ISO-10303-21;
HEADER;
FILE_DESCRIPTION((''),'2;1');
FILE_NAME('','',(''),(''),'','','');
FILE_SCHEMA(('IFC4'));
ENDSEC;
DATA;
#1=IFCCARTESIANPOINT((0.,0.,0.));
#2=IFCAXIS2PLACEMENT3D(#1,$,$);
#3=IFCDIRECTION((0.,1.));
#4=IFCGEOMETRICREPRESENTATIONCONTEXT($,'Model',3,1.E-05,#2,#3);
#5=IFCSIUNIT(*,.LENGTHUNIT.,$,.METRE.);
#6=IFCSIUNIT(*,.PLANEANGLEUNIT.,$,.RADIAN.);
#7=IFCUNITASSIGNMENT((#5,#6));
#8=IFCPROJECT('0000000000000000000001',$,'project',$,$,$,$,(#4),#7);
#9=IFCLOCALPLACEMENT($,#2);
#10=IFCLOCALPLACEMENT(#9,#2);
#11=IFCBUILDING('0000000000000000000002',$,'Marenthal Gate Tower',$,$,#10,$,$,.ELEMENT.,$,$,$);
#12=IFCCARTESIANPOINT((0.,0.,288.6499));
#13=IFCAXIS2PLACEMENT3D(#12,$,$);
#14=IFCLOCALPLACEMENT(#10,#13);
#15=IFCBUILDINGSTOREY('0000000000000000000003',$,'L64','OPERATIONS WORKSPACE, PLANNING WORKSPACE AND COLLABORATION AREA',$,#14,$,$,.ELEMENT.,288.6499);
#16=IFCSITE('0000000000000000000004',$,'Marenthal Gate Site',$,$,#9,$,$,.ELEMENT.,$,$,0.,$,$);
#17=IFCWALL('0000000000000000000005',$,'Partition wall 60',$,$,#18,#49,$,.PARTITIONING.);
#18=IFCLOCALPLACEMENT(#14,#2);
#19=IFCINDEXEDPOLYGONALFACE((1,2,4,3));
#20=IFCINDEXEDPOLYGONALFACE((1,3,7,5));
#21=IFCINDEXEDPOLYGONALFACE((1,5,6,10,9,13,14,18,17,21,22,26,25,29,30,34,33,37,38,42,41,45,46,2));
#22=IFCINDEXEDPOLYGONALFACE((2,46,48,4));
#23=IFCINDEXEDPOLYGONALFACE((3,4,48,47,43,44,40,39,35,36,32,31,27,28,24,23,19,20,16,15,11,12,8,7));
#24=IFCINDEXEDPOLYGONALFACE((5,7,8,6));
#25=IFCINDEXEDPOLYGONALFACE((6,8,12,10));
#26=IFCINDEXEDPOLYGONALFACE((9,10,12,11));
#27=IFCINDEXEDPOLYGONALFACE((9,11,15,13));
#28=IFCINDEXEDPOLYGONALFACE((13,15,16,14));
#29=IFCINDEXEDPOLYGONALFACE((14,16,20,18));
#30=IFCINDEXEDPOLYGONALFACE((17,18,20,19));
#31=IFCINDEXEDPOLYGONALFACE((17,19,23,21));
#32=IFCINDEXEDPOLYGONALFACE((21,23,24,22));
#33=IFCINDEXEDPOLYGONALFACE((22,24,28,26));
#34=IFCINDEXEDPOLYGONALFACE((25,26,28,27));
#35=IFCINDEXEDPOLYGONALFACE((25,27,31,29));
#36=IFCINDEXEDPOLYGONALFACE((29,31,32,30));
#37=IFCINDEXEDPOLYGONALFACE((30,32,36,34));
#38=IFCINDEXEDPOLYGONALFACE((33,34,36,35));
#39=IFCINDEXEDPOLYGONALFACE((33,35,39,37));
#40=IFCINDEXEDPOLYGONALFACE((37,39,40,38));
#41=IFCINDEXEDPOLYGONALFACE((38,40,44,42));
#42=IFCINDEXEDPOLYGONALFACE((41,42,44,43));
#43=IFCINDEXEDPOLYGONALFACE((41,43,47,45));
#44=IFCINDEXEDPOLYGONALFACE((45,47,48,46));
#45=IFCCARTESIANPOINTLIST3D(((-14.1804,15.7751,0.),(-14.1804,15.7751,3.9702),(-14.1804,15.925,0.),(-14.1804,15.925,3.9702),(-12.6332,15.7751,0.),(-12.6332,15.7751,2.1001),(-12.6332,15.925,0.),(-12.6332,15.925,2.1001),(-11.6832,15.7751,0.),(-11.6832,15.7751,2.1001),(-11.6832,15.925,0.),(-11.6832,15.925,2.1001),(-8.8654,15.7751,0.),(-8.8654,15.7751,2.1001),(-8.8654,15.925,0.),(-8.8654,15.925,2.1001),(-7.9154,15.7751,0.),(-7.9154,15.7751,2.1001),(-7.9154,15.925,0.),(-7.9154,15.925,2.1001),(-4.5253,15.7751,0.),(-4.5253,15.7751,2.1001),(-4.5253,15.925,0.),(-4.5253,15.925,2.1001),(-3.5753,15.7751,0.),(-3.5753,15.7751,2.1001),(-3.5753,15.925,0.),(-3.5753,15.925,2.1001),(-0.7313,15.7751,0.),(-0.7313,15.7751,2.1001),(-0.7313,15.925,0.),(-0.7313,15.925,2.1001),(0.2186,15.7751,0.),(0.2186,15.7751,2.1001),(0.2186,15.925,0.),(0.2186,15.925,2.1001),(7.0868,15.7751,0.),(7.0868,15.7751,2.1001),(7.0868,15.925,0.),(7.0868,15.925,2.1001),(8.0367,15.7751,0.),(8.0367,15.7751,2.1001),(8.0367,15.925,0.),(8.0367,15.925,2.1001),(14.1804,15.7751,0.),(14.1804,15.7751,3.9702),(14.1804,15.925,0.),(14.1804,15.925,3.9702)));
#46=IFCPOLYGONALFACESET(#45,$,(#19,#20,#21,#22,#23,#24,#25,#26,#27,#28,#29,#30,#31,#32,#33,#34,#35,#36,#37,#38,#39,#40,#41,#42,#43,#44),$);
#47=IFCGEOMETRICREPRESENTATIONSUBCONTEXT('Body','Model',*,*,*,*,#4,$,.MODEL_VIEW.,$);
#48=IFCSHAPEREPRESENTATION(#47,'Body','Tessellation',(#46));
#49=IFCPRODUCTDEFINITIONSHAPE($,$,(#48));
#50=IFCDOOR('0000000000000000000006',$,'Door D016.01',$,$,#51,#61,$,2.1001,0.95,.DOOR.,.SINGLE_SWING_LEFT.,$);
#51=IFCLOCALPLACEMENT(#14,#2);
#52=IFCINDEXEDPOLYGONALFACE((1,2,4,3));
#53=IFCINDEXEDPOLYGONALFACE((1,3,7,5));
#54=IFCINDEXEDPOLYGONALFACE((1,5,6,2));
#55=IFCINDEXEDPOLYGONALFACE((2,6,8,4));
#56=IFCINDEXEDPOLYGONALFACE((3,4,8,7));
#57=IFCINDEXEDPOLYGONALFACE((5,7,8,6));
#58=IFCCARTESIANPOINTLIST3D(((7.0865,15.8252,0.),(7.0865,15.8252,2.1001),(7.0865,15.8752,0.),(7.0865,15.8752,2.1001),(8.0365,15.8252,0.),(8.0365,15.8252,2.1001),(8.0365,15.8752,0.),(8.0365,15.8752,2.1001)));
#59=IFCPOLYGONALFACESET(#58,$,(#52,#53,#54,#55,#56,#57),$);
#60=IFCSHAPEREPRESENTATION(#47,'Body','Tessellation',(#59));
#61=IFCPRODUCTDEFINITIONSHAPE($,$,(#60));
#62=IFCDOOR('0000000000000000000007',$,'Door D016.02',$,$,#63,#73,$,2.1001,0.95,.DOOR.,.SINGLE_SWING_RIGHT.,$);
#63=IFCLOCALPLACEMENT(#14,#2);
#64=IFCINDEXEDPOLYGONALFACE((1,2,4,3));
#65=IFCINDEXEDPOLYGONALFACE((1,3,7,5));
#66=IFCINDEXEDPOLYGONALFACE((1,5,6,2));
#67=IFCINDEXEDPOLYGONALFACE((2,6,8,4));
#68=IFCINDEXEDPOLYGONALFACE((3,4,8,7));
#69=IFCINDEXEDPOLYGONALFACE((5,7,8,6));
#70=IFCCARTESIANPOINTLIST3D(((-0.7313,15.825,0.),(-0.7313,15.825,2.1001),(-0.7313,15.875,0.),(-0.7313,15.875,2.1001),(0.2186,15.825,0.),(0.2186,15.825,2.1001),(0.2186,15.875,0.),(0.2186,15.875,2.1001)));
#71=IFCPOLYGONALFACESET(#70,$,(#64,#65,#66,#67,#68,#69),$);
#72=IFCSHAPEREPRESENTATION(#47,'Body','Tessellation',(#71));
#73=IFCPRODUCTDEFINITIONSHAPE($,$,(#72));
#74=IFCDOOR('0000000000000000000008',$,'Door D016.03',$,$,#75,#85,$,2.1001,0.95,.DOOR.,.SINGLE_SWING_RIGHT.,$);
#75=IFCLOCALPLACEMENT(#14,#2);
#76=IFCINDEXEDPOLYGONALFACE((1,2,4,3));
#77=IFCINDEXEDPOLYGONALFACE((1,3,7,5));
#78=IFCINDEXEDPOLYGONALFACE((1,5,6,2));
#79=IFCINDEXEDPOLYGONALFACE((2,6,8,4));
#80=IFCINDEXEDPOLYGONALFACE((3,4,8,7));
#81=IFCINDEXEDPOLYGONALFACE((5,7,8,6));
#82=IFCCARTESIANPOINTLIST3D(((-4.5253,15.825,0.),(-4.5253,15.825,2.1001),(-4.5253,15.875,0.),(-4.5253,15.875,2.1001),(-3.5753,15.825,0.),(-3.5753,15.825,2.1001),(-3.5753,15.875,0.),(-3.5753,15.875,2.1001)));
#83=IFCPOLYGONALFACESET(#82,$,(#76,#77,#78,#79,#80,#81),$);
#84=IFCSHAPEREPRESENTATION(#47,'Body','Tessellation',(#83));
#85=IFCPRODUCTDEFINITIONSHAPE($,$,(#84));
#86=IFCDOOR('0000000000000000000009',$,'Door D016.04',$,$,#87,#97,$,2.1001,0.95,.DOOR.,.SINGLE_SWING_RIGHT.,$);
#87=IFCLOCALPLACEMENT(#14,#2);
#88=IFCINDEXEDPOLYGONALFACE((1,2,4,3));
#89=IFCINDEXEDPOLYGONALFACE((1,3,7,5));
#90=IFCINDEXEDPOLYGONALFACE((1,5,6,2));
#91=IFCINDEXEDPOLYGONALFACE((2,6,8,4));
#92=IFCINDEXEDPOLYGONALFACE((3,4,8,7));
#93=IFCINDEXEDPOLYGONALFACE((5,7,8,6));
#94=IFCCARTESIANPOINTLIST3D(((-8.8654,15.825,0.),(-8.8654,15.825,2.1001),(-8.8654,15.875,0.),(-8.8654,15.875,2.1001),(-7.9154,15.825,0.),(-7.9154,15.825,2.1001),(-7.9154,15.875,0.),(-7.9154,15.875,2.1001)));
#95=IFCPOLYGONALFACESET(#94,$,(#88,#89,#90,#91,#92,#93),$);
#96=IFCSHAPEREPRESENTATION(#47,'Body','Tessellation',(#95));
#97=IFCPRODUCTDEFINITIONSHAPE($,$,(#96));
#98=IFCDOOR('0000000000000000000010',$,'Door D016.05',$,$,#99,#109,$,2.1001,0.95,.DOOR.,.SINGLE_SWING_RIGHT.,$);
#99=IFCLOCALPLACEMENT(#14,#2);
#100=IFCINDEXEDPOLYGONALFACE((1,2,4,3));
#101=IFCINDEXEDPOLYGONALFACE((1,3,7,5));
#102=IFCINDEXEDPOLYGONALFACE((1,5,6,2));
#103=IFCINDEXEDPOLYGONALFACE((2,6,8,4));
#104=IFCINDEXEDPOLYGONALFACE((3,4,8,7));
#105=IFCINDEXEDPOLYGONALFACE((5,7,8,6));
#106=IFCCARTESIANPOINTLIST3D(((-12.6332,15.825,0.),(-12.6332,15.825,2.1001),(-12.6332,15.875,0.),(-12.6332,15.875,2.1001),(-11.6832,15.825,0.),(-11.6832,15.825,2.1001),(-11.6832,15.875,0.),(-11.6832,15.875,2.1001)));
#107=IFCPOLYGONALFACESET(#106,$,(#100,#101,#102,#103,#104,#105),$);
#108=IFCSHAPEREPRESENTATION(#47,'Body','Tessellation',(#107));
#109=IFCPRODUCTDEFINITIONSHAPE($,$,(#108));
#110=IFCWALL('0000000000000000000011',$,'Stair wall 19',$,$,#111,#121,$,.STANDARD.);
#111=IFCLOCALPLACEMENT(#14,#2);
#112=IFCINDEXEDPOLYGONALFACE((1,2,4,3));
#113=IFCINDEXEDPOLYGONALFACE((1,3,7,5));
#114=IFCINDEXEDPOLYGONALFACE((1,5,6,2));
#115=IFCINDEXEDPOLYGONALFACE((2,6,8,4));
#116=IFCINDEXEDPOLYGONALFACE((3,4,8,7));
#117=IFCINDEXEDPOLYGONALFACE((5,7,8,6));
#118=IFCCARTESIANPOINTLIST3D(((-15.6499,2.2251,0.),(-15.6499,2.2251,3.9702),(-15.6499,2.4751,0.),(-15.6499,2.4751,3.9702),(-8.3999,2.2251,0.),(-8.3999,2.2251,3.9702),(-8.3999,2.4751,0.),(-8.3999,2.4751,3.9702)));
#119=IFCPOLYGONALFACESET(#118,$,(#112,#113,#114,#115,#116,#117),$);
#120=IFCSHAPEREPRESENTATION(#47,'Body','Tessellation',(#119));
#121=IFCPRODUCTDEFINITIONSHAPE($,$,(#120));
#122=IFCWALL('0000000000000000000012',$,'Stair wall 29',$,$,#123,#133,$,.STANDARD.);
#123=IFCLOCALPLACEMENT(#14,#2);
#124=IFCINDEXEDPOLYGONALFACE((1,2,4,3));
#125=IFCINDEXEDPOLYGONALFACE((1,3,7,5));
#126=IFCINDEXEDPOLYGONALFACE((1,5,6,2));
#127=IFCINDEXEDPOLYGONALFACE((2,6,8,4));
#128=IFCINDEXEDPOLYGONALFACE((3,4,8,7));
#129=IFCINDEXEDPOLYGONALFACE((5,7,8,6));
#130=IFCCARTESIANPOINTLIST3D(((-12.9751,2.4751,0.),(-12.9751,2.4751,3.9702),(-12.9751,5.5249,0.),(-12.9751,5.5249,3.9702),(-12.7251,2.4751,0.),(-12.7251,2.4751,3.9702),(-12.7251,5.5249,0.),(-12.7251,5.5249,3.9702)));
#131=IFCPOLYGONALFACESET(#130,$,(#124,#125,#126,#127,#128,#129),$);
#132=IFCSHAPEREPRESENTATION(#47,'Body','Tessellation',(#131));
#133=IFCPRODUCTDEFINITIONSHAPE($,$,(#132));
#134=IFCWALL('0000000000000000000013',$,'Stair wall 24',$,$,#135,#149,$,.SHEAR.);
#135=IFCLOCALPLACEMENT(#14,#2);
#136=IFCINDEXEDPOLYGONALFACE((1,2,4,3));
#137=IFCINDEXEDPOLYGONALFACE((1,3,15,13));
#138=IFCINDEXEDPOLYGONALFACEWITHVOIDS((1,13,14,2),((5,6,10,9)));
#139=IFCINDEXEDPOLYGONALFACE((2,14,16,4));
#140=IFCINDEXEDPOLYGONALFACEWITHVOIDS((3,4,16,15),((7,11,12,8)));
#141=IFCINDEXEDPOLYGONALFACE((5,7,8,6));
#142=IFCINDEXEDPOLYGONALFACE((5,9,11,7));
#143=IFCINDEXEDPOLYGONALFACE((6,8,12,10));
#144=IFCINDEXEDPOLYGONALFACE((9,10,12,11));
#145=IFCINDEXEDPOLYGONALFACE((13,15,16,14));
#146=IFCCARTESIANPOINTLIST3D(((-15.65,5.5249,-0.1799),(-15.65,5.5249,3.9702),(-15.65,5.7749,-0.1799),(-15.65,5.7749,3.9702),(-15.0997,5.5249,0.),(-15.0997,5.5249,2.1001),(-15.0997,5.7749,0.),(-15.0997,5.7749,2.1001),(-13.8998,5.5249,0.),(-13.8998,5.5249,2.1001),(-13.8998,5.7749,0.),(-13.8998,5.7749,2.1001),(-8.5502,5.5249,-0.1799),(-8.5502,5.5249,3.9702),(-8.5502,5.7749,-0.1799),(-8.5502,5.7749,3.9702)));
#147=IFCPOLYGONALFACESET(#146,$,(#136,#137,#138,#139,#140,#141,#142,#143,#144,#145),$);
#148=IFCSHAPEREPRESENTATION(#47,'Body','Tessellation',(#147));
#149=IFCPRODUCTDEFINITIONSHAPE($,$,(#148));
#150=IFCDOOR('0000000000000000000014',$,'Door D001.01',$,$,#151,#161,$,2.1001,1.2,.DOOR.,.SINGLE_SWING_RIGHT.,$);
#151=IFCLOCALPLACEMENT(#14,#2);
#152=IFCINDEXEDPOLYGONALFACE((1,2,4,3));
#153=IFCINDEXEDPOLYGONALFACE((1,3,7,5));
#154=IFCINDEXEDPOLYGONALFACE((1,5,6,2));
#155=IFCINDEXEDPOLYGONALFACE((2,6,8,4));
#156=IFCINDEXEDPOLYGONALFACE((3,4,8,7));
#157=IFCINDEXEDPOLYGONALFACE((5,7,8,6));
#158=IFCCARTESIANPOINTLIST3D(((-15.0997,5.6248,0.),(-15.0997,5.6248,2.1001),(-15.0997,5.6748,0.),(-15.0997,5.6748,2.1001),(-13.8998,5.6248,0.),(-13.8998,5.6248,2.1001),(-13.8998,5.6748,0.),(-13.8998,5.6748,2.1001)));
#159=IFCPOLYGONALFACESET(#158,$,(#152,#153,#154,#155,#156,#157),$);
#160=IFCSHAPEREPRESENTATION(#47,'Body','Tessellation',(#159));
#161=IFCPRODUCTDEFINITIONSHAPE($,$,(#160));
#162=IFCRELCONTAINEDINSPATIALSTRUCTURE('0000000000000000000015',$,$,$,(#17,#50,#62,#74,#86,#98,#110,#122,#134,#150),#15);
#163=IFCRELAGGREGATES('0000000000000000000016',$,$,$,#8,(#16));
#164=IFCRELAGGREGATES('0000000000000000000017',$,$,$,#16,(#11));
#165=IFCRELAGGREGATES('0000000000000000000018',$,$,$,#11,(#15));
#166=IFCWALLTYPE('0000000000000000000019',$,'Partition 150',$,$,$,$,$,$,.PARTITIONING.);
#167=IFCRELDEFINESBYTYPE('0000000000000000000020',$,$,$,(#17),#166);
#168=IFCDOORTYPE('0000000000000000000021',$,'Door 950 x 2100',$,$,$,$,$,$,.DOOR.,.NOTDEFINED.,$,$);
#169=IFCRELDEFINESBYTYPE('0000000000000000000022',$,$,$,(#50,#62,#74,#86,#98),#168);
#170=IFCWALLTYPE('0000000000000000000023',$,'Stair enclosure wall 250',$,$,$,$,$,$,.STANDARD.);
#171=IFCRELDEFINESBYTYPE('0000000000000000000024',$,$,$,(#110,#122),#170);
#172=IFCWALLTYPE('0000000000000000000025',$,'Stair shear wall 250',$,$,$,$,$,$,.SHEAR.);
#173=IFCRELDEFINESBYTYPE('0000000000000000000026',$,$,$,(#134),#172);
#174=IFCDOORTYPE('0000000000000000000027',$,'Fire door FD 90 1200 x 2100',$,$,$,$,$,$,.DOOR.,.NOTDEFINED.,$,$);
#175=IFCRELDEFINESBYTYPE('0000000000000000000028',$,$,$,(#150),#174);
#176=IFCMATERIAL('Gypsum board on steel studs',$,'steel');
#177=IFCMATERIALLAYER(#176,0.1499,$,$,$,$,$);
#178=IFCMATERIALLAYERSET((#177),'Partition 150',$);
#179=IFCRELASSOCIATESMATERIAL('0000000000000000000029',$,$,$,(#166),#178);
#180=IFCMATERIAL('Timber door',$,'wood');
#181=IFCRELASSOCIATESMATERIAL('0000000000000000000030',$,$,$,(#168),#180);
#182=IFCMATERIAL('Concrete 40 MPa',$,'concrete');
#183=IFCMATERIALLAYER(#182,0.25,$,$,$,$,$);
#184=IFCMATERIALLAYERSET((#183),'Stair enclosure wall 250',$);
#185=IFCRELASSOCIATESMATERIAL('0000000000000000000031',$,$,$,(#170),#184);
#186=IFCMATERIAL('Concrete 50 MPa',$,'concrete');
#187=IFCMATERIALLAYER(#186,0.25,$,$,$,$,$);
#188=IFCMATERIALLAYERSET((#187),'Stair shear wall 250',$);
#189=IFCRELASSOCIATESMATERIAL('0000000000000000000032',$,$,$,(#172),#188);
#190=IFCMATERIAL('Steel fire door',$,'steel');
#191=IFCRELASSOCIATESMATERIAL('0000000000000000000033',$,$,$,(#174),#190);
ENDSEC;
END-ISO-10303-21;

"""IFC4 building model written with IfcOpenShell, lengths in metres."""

from ifc_helpers import new_model, si_unit, direction, frame, frame_2d, origin, place, context, subcontext, project, spatial, rectangle, extrude, material, layer, layer_set, type_object, element, fill, save


model = new_model("IFC4")

# Units and contexts
model_context = context("Model", 3, precision=1e-05, world=origin(), true_north=direction((0.0, 1.0)))
body_context = subcontext(model_context, "Body", "Model", "MODEL_VIEW")
ifc_project = project(units=[si_unit("LENGTHUNIT", "METRE"), si_unit("PLANEANGLEUNIT", "RADIAN")], contexts=[model_context])

# Site, building, storey
site_placement = place(None, origin())
site = spatial("IfcSite", under=ifc_project, at=site_placement, Name="Marenthal Gate Site", CompositionType="ELEMENT", RefElevation=0.0)
building_placement = place(site_placement, origin())
building = spatial("IfcBuilding", under=site, at=building_placement, Name="Marenthal Gate Tower", CompositionType="ELEMENT")
storey_placement = place(building_placement, frame((0.0, 0.0, 288.6499)))
storey = spatial("IfcBuildingStorey", under=building, at=storey_placement, Name="L64", Description="OPERATIONS WORKSPACE, PLANNING WORKSPACE AND COLLABORATION AREA", CompositionType="ELEMENT", Elevation=288.6499)

# Shared definitions
ifc_material_1 = material(Name="Gypsum board on steel studs", Category="steel")
ifc_layer_1 = layer(ifc_material_1, 0.1499)
ifc_layer_set_1 = layer_set([ifc_layer_1], Name="Partition 150")
wall_type_1 = type_object("IfcWallType", Name="Partition 150", PredefinedType="PARTITIONING", material=ifc_layer_set_1)

# Wall, openings, doors
wall_1_placement = place(storey_placement, frame((-14.1804, 15.8501, 0.0), z_axis=(0.0, 0.0, 1.0), x_axis=(1.0, 0.0, 0.0)))
wall_1 = element("IfcWall", 1, at=wall_1_placement, inside=storey, type_object=wall_type_1, Name="Partition wall 60", PredefinedType="PARTITIONING", context=body_context, shape_type="SweptSolid", body=[
    extrude(rectangle(XDim=28.3608, YDim=0.1499, at=frame_2d((14.1804, 0.0))), origin(), (0.0, 0.0, 1.0), 3.9702),
])
opening_1_placement = place(wall_1_placement, frame((21.2671, 0.0, 0.0)))
opening_1 = element("IfcOpeningElement", 2, at=opening_1_placement, cuts=wall_1, PredefinedType="OPENING", context=body_context, shape_type="SweptSolid", body=[
    extrude(rectangle(XDim=0.95, YDim=2.1001, at=frame_2d((0.4751, 1.05))), frame((0.0, 0.085, 0.0), z_axis=(0.0, -1.0, 0.0), x_axis=(1.0, 0.0, 0.0)), (0.0, 0.0, 1.0), 0.1699),
])
opening_2_placement = place(wall_1_placement, frame((13.449, 0.0, 0.0)))
opening_2 = element("IfcOpeningElement", 3, at=opening_2_placement, cuts=wall_1, PredefinedType="OPENING", context=body_context, shape_type="SweptSolid", body=[
    extrude(rectangle(XDim=0.95, YDim=2.1001, at=frame_2d((0.4751, 1.05))), frame((0.0, 0.085, 0.0), z_axis=(0.0, -1.0, 0.0), x_axis=(1.0, 0.0, 0.0)), (0.0, 0.0, 1.0), 0.1699),
])
opening_3_placement = place(wall_1_placement, frame((9.655, 0.0, 0.0)))
opening_3 = element("IfcOpeningElement", 4, at=opening_3_placement, cuts=wall_1, PredefinedType="OPENING", context=body_context, shape_type="SweptSolid", body=[
    extrude(rectangle(XDim=0.95, YDim=2.1001, at=frame_2d((0.4751, 1.05))), frame((0.0, 0.085, 0.0), z_axis=(0.0, -1.0, 0.0), x_axis=(1.0, 0.0, 0.0)), (0.0, 0.0, 1.0), 0.1699),
])
opening_4_placement = place(wall_1_placement, frame((5.3149, 0.0, 0.0)))
opening_4 = element("IfcOpeningElement", 5, at=opening_4_placement, cuts=wall_1, PredefinedType="OPENING", context=body_context, shape_type="SweptSolid", body=[
    extrude(rectangle(XDim=0.95, YDim=2.1001, at=frame_2d((0.4751, 1.05))), frame((0.0, 0.085, 0.0), z_axis=(0.0, -1.0, 0.0), x_axis=(1.0, 0.0, 0.0)), (0.0, 0.0, 1.0), 0.1699),
])
opening_5_placement = place(wall_1_placement, frame((1.5471, 0.0, 0.0)))
opening_5 = element("IfcOpeningElement", 6, at=opening_5_placement, cuts=wall_1, PredefinedType="OPENING", context=body_context, shape_type="SweptSolid", body=[
    extrude(rectangle(XDim=0.95, YDim=2.1001, at=frame_2d((0.4751, 1.05))), frame((0.0, 0.085, 0.0), z_axis=(0.0, -1.0, 0.0), x_axis=(1.0, 0.0, 0.0)), (0.0, 0.0, 1.0), 0.1699),
])
ifc_material_2 = material(Name="Timber door", Category="wood")
door_type_1 = type_object("IfcDoorType", Name="Door 950 x 2100", OperationType="NOTDEFINED", PredefinedType="DOOR", material=ifc_material_2)
door_1_placement = place(opening_1_placement, frame((0.95, 0.0, 0.0), z_axis=(0.0, 0.0, 1.0), x_axis=(-1.0, 0.0, 0.0)))
door_1 = element("IfcDoor", 7, at=door_1_placement, inside=storey, type_object=door_type_1, Name="Door D016.01", OperationType="SINGLE_SWING_LEFT", OverallHeight=2.1001, OverallWidth=0.95, PredefinedType="DOOR", context=body_context, shape_type="SweptSolid", body=[
    extrude(rectangle(XDim=0.95, YDim=2.1001, at=frame_2d((0.4751, 1.05))), frame((0.0, 0.0249, 0.0), z_axis=(0.0, -1.0, 0.0), x_axis=(1.0, 0.0, 0.0)), (0.0, 0.0, 1.0), 0.05),
])
fill(opening_1, door_1)
door_2_placement = place(opening_2_placement, origin())
door_2 = element("IfcDoor", 8, at=door_2_placement, inside=storey, type_object=door_type_1, Name="Door D016.02", OperationType="SINGLE_SWING_RIGHT", OverallHeight=2.1001, OverallWidth=0.95, PredefinedType="DOOR", context=body_context, shape_type="SweptSolid", body=[
    extrude(rectangle(XDim=0.95, YDim=2.1001, at=frame_2d((0.4751, 1.05))), frame((0.0, 0.0249, 0.0), z_axis=(0.0, -1.0, 0.0), x_axis=(1.0, 0.0, 0.0)), (0.0, 0.0, 1.0), 0.05),
])
fill(opening_2, door_2)
door_3_placement = place(opening_3_placement, origin())
door_3 = element("IfcDoor", 9, at=door_3_placement, inside=storey, type_object=door_type_1, Name="Door D016.03", OperationType="SINGLE_SWING_RIGHT", OverallHeight=2.1001, OverallWidth=0.95, PredefinedType="DOOR", context=body_context, shape_type="SweptSolid", body=[
    extrude(rectangle(XDim=0.95, YDim=2.1001, at=frame_2d((0.4751, 1.05))), frame((0.0, 0.0249, 0.0), z_axis=(0.0, -1.0, 0.0), x_axis=(1.0, 0.0, 0.0)), (0.0, 0.0, 1.0), 0.05),
])
fill(opening_3, door_3)
door_4_placement = place(opening_4_placement, origin())
door_4 = element("IfcDoor", 10, at=door_4_placement, inside=storey, type_object=door_type_1, Name="Door D016.04", OperationType="SINGLE_SWING_RIGHT", OverallHeight=2.1001, OverallWidth=0.95, PredefinedType="DOOR", context=body_context, shape_type="SweptSolid", body=[
    extrude(rectangle(XDim=0.95, YDim=2.1001, at=frame_2d((0.4751, 1.05))), frame((0.0, 0.0249, 0.0), z_axis=(0.0, -1.0, 0.0), x_axis=(1.0, 0.0, 0.0)), (0.0, 0.0, 1.0), 0.05),
])
fill(opening_4, door_4)
door_5_placement = place(opening_5_placement, origin())
door_5 = element("IfcDoor", 11, at=door_5_placement, inside=storey, type_object=door_type_1, Name="Door D016.05", OperationType="SINGLE_SWING_RIGHT", OverallHeight=2.1001, OverallWidth=0.95, PredefinedType="DOOR", context=body_context, shape_type="SweptSolid", body=[
    extrude(rectangle(XDim=0.95, YDim=2.1001, at=frame_2d((0.4751, 1.05))), frame((0.0, 0.0249, 0.0), z_axis=(0.0, -1.0, 0.0), x_axis=(1.0, 0.0, 0.0)), (0.0, 0.0, 1.0), 0.05),
])
fill(opening_5, door_5)

# Walls
ifc_material_3 = material(Name="Concrete 40 MPa", Category="concrete")
ifc_layer_2 = layer(ifc_material_3, 0.25)
ifc_layer_set_2 = layer_set([ifc_layer_2], Name="Stair enclosure wall 250")
wall_type_2 = type_object("IfcWallType", Name="Stair enclosure wall 250", PredefinedType="STANDARD", material=ifc_layer_set_2)
wall_2_placement = place(storey_placement, frame((-15.6499, 2.3501, 0.0), z_axis=(0.0, 0.0, 1.0), x_axis=(1.0, 0.0, 0.0)))
element("IfcWall", 12, at=wall_2_placement, inside=storey, type_object=wall_type_2, Name="Stair wall 19", PredefinedType="STANDARD", context=body_context, shape_type="SweptSolid", body=[
    extrude(rectangle(XDim=7.25, YDim=0.25, at=frame_2d((3.625, 0.0))), origin(), (0.0, 0.0, 1.0), 3.9702),
])
wall_3_placement = place(storey_placement, frame((-12.8501, 2.4751, 0.0), z_axis=(0.0, 0.0, 1.0), x_axis=(0.0, 1.0, 0.0)))
element("IfcWall", 13, at=wall_3_placement, inside=storey, type_object=wall_type_2, Name="Stair wall 29", PredefinedType="STANDARD", context=body_context, shape_type="SweptSolid", body=[
    extrude(rectangle(XDim=3.0498, YDim=0.25, at=frame_2d((1.5249, 0.0))), origin(), (0.0, 0.0, 1.0), 3.9702),
])

# Wall, opening, door
ifc_material_4 = material(Name="Concrete 50 MPa", Category="concrete")
ifc_layer_3 = layer(ifc_material_4, 0.25)
ifc_layer_set_3 = layer_set([ifc_layer_3], Name="Stair shear wall 250")
wall_type_3 = type_object("IfcWallType", Name="Stair shear wall 250", PredefinedType="SHEAR", material=ifc_layer_set_3)
wall_4_placement = place(storey_placement, frame((-15.6499, 5.6499, -0.1799), z_axis=(0.0, 0.0, 1.0), x_axis=(1.0, 0.0, 0.0)))
wall_4 = element("IfcWall", 14, at=wall_4_placement, inside=storey, type_object=wall_type_3, Name="Stair wall 24", PredefinedType="SHEAR", context=body_context, shape_type="SweptSolid", body=[
    extrude(rectangle(XDim=7.0999, YDim=0.25, at=frame_2d((3.5498, 0.0))), origin(), (0.0, 0.0, 1.0), 4.1501),
])
opening_6_placement = place(wall_4_placement, frame((0.55, 0.0, 0.1799)))
opening_6 = element("IfcOpeningElement", 15, at=opening_6_placement, cuts=wall_4, PredefinedType="OPENING", context=body_context, shape_type="SweptSolid", body=[
    extrude(rectangle(XDim=1.2, YDim=2.1001, at=frame_2d((0.6001, 1.05))), frame((0.0, 0.135, 0.0), z_axis=(0.0, -1.0, 0.0), x_axis=(1.0, 0.0, 0.0)), (0.0, 0.0, 1.0), 0.27),
])
ifc_material_5 = material(Name="Steel fire door", Category="steel")
door_type_2 = type_object("IfcDoorType", Name="Fire door FD 90 1200 x 2100", OperationType="NOTDEFINED", PredefinedType="DOOR", material=ifc_material_5)
door_6_placement = place(opening_6_placement, origin())
door_6 = element("IfcDoor", 16, at=door_6_placement, inside=storey, type_object=door_type_2, Name="Door D001.01", OperationType="SINGLE_SWING_RIGHT", OverallHeight=2.1001, OverallWidth=1.2, PredefinedType="DOOR", context=body_context, shape_type="SweptSolid", body=[
    extrude(rectangle(XDim=1.2, YDim=2.1001, at=frame_2d((0.6001, 1.05))), frame((0.0, 0.0249, 0.0), z_axis=(0.0, -1.0, 0.0), x_axis=(1.0, 0.0, 0.0)), (0.0, 0.0, 1.0), 0.05),
])
fill(opening_6, door_6)

save(model, "model.ifc")
